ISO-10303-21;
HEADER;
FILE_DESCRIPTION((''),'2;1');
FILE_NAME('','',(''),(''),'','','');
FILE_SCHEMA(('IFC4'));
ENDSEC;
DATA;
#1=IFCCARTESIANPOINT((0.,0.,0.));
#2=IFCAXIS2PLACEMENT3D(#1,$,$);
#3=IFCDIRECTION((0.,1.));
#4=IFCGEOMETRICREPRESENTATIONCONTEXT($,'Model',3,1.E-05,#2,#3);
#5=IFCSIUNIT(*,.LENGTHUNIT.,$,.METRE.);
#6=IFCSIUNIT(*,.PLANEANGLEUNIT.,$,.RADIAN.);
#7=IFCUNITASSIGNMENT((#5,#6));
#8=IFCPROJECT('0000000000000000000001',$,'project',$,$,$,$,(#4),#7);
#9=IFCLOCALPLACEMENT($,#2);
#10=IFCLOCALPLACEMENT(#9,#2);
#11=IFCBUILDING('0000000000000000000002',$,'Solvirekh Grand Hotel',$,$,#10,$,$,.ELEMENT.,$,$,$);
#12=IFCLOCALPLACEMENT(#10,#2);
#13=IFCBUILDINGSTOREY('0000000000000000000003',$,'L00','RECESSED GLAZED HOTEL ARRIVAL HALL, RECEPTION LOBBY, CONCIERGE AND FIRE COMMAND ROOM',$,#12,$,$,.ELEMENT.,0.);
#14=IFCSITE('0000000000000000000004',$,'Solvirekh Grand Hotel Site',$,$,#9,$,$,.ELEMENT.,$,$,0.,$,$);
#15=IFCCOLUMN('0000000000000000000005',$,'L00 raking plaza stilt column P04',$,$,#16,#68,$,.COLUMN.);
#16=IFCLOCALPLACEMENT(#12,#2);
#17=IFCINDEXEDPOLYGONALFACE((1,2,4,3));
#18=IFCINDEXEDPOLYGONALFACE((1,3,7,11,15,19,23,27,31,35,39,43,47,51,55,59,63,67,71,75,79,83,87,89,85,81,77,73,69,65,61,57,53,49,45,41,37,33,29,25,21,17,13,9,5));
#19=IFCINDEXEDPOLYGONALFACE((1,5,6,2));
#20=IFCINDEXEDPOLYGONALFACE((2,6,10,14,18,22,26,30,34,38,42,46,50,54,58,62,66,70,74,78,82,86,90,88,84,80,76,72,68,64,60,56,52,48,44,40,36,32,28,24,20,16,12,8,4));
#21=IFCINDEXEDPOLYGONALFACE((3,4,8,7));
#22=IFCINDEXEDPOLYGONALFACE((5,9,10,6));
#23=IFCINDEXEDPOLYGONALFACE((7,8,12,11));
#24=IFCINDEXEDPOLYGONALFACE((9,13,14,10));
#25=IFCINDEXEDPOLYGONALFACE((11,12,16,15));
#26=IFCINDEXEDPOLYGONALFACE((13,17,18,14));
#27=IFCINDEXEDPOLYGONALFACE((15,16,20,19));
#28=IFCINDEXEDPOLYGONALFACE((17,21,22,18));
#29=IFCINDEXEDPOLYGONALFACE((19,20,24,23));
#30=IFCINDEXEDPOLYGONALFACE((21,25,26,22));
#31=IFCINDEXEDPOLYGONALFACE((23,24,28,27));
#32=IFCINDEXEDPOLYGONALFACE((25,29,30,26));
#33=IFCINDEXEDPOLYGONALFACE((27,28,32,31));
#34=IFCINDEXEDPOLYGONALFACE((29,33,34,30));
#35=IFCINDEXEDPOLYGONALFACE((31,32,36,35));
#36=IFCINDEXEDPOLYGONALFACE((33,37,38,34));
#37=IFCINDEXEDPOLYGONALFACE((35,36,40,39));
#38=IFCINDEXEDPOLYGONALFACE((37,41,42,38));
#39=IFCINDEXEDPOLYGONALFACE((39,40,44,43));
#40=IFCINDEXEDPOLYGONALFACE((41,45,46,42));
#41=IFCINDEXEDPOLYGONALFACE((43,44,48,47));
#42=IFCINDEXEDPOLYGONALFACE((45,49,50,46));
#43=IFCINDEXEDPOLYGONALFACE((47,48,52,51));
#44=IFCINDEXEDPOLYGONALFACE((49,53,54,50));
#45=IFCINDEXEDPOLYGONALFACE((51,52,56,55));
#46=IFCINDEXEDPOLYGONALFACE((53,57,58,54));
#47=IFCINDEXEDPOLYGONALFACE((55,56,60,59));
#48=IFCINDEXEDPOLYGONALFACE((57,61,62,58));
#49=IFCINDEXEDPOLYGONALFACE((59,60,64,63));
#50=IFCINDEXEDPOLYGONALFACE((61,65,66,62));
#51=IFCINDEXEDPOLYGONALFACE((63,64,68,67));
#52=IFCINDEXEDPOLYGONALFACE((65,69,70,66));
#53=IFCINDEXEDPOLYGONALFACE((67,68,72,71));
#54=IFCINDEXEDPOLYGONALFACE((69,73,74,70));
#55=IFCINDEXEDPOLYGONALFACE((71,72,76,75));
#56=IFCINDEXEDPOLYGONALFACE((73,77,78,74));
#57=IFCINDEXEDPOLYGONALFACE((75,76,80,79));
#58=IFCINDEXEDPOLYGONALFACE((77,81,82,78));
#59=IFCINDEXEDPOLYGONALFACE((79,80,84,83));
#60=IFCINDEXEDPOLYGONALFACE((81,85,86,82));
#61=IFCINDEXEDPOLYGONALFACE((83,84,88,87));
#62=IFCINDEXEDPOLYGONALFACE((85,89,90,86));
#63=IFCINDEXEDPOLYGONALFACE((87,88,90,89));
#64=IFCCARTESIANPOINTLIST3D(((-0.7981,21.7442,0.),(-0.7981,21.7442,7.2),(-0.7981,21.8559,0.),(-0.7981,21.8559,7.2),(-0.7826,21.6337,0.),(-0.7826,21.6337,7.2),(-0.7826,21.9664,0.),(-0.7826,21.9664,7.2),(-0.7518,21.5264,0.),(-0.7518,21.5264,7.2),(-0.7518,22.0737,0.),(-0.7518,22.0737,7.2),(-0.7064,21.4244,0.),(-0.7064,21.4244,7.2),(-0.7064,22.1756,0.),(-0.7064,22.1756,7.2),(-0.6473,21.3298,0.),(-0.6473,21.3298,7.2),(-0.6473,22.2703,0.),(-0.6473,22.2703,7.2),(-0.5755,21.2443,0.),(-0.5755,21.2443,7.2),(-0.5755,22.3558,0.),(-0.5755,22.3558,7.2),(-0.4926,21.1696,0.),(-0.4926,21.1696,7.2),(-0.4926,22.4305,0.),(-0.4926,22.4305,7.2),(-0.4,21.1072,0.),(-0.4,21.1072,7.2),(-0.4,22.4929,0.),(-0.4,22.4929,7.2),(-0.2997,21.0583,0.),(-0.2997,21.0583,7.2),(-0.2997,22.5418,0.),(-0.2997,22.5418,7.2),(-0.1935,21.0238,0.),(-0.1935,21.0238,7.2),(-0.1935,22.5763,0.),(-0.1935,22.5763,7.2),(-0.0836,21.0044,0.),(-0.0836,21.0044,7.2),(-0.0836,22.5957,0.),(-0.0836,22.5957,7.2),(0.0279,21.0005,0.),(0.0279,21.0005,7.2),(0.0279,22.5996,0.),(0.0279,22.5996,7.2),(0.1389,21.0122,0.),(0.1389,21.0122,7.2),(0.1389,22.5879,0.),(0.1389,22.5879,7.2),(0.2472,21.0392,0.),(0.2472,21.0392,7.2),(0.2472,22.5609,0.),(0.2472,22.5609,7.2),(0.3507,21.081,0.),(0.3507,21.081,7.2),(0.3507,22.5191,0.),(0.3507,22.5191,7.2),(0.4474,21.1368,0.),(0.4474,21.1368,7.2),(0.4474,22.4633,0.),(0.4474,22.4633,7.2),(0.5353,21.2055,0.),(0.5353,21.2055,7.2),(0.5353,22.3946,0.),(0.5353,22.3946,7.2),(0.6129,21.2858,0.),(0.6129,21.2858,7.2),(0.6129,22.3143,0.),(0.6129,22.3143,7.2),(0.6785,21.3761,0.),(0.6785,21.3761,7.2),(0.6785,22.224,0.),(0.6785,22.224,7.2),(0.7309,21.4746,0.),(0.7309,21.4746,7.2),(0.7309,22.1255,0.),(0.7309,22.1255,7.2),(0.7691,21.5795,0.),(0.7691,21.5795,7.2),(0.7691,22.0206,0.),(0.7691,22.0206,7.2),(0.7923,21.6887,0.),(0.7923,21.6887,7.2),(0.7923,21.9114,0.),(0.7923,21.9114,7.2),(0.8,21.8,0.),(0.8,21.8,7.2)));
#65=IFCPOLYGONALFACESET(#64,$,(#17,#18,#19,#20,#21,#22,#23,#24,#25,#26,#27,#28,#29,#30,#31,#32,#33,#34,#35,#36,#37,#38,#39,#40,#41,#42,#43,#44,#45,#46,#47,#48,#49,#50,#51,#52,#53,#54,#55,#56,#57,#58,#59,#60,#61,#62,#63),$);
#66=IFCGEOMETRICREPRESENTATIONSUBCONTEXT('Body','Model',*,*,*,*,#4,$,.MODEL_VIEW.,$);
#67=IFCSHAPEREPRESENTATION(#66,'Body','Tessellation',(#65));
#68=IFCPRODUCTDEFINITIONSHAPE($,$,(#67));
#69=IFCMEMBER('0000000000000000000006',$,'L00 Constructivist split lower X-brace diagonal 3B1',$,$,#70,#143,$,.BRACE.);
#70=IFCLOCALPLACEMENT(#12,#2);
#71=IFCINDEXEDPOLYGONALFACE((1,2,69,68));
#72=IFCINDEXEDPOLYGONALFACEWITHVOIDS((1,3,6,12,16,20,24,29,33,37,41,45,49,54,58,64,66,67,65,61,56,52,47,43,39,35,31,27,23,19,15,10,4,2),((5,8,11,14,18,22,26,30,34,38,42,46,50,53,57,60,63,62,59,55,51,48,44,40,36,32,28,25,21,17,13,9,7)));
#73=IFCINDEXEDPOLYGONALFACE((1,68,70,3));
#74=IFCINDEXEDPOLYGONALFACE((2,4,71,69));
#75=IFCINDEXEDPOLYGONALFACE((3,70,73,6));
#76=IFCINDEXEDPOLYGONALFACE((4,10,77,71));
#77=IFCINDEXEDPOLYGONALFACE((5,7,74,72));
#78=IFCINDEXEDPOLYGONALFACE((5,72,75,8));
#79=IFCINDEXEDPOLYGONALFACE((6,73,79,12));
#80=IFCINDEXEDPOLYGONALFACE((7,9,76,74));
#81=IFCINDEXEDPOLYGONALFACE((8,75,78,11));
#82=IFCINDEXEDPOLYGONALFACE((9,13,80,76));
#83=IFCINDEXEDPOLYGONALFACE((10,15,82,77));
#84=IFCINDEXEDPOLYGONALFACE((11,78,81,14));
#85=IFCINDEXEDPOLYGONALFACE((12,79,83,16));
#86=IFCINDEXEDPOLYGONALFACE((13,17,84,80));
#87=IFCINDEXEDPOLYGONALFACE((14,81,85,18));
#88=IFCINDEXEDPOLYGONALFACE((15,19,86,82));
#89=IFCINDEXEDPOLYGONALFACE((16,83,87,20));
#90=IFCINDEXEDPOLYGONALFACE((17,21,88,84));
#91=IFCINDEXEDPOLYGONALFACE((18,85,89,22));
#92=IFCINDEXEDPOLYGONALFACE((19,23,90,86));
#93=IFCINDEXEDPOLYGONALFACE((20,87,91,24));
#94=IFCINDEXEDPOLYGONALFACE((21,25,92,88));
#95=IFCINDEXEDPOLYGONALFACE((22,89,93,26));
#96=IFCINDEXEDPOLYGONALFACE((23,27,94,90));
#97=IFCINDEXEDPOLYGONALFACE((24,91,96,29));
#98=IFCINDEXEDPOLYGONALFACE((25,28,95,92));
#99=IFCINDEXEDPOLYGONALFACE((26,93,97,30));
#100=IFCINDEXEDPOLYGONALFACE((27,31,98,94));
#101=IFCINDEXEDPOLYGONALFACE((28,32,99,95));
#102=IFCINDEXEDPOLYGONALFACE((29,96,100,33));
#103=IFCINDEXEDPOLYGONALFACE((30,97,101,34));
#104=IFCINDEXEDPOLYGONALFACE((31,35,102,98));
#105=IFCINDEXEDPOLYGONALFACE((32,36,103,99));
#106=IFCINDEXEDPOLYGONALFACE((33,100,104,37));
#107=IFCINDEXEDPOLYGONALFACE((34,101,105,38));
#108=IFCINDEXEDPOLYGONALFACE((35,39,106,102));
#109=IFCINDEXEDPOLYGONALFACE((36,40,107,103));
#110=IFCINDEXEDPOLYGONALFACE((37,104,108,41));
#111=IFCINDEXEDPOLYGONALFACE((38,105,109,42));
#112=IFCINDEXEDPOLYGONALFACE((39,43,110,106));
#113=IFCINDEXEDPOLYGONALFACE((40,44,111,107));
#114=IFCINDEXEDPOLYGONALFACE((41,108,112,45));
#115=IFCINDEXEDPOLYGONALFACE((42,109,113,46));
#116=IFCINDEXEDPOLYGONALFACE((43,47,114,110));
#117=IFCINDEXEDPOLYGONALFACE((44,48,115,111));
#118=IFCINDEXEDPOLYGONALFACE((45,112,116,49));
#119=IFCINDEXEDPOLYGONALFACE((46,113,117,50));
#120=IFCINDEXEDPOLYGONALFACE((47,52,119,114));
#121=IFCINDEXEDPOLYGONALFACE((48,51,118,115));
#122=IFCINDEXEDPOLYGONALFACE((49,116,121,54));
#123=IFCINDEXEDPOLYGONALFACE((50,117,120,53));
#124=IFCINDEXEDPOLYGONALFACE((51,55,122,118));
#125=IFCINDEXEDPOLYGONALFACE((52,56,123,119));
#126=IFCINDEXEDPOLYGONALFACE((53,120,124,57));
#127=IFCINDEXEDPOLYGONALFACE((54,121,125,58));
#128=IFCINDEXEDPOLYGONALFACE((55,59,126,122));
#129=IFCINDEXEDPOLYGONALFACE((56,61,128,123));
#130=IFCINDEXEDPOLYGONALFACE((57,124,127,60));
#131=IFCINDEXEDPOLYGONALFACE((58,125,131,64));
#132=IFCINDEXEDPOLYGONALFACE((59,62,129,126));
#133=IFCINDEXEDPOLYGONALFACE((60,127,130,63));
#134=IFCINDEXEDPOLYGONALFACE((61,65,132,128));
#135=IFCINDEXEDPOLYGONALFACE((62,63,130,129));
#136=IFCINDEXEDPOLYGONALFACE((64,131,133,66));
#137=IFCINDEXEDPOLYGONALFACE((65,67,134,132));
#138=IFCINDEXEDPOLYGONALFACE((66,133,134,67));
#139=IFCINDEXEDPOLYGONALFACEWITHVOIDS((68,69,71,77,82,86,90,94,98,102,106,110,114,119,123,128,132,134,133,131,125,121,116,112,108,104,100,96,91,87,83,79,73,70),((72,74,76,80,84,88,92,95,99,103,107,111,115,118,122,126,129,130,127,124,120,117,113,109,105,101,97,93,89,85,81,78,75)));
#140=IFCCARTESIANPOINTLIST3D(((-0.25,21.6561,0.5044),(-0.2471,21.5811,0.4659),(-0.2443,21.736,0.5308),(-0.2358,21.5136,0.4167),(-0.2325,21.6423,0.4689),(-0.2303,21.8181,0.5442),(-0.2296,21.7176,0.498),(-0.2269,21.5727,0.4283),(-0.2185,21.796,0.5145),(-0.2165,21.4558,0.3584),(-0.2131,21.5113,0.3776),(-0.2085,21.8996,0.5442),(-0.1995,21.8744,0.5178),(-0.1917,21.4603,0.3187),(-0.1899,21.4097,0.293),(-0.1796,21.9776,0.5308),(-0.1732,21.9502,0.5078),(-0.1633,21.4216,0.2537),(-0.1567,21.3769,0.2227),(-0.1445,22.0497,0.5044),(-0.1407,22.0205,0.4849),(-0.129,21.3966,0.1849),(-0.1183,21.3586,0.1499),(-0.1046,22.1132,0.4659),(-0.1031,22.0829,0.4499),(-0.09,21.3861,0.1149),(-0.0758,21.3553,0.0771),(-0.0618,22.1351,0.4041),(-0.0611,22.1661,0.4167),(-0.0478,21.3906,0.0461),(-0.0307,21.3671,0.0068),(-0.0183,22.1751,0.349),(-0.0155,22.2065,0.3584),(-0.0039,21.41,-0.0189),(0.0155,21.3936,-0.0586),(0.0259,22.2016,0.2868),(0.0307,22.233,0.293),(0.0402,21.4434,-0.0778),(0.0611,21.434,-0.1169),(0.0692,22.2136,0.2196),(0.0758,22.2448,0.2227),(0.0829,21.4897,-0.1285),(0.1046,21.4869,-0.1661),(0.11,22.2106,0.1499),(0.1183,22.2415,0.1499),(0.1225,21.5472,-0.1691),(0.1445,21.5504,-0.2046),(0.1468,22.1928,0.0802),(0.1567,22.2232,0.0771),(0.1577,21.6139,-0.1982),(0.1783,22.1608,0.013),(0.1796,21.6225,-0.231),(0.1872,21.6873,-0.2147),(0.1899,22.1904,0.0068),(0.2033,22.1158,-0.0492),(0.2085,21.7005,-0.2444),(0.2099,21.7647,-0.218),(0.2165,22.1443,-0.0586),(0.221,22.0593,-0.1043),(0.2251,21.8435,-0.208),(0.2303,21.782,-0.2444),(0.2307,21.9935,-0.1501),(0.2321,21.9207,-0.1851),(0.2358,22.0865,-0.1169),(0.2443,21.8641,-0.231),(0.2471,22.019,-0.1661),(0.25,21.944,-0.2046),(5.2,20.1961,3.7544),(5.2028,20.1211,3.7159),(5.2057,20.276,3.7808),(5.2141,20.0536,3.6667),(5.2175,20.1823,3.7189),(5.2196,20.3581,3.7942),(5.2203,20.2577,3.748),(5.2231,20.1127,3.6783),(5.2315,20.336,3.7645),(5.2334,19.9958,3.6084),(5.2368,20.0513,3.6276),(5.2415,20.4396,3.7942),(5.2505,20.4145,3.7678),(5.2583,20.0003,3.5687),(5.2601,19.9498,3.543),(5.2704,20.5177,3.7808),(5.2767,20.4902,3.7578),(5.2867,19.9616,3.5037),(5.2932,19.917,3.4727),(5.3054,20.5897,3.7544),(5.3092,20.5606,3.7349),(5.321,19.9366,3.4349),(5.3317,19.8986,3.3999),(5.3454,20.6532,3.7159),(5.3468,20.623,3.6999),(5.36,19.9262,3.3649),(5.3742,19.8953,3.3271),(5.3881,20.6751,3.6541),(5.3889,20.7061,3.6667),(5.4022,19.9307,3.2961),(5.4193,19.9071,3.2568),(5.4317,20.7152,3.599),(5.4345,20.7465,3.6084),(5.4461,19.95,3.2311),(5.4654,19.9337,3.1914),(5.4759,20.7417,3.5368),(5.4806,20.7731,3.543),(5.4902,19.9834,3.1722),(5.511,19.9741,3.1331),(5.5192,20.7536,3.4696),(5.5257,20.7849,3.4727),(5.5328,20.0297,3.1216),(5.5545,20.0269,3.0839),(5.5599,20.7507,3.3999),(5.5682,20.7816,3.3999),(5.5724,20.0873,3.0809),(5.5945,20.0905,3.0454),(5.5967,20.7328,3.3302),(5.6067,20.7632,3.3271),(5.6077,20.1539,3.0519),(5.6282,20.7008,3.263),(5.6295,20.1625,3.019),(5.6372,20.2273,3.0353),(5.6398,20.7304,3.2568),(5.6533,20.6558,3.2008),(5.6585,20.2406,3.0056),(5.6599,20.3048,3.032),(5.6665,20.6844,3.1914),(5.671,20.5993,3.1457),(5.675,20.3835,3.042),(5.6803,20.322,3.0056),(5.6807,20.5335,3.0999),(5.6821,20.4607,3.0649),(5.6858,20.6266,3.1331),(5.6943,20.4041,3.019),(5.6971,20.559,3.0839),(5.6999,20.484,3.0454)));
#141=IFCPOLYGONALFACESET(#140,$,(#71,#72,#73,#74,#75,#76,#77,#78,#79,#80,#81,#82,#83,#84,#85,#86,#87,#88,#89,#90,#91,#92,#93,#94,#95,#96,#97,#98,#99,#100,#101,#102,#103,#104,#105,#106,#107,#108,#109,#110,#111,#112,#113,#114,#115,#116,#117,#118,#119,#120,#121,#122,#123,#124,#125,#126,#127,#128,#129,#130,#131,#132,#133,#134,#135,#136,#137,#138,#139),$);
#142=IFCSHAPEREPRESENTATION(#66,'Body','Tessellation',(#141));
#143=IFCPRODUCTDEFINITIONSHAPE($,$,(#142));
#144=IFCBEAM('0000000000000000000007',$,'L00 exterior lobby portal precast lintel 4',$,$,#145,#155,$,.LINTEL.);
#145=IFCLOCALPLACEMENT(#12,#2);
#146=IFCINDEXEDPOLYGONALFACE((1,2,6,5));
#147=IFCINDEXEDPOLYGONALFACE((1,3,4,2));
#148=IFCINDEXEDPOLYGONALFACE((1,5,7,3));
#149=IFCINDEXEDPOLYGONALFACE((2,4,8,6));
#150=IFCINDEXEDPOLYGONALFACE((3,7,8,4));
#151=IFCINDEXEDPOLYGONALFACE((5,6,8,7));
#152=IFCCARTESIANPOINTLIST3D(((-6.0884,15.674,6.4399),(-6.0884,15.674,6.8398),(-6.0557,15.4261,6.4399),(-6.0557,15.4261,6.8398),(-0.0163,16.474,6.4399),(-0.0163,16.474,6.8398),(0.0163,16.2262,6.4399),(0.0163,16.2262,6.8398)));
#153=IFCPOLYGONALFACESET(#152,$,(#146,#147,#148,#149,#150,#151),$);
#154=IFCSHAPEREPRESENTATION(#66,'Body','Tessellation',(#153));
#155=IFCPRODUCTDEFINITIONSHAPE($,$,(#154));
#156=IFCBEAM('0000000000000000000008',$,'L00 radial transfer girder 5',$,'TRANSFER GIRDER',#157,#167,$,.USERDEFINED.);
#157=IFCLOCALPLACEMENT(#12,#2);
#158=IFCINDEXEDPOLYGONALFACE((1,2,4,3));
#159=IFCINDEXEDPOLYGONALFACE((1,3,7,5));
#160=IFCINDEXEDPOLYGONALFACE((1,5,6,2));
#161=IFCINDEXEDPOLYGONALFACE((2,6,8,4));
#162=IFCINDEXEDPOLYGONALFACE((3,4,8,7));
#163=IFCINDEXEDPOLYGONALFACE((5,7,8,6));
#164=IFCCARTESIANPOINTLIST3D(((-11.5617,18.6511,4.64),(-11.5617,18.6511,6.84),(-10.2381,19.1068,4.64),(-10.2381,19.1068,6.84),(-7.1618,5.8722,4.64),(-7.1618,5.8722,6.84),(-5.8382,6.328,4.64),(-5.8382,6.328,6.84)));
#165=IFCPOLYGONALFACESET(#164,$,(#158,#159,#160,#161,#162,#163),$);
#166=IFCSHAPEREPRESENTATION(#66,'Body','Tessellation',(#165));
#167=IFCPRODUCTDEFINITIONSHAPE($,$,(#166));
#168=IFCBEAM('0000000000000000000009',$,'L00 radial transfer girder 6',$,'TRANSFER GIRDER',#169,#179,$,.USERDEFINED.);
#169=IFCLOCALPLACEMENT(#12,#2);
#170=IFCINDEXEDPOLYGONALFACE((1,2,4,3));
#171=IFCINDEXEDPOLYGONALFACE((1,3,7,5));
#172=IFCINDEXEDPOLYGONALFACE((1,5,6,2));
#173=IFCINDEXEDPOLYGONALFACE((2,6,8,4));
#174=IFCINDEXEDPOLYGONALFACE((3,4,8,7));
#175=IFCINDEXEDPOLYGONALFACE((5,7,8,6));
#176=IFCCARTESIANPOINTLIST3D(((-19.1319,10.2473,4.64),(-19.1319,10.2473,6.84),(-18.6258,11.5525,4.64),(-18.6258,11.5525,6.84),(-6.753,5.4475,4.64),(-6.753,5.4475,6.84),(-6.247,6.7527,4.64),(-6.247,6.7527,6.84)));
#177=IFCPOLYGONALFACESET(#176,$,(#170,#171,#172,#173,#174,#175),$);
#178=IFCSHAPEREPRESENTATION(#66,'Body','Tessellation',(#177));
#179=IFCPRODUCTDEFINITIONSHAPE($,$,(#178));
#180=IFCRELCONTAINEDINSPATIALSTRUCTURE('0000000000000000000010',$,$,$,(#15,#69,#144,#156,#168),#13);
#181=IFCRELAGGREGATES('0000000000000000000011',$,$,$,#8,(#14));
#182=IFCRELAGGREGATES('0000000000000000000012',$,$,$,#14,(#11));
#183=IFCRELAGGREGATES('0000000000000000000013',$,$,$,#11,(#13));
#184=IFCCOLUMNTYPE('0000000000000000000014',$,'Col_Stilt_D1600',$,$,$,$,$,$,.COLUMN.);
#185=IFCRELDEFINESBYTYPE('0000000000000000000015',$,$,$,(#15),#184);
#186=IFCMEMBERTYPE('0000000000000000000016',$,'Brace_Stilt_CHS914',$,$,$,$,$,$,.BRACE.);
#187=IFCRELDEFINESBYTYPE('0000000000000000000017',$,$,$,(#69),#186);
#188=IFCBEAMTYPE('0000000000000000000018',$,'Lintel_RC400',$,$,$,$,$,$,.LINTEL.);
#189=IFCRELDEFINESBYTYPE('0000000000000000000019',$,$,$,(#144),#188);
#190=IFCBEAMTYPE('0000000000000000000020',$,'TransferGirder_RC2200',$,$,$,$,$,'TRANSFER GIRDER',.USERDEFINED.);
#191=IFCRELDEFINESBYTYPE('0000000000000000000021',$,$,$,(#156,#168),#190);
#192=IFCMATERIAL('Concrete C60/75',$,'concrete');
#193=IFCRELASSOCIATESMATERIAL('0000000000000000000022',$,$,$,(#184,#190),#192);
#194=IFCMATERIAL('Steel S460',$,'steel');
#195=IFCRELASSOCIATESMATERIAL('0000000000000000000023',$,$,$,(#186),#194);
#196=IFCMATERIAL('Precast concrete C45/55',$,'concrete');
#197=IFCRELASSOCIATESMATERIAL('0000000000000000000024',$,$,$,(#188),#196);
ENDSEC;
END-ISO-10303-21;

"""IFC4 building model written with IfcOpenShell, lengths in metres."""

from ifc_helpers import new_model, si_unit, direction, frame, origin, origin_2d, place, context, subcontext, project, spatial, rectangle, circle, hollow_circle, extrude, material, material_profile, profile_set, type_object, element, save


model = new_model("IFC4")

# Units and contexts
model_context = context("Model", 3, precision=1e-05, world=origin(), true_north=direction((0.0, 1.0)))
body_context = subcontext(model_context, "Body", "Model", "MODEL_VIEW")
ifc_project = project(units=[si_unit("LENGTHUNIT", "METRE"), si_unit("PLANEANGLEUNIT", "RADIAN")], contexts=[model_context])

# Site, building, storey
site_placement = place(None, origin())
site = spatial("IfcSite", under=ifc_project, at=site_placement, Name="Solvirekh Grand Hotel Site", CompositionType="ELEMENT", RefElevation=0.0)
building_placement = place(site_placement, origin())
building = spatial("IfcBuilding", under=site, at=building_placement, Name="Solvirekh Grand Hotel", CompositionType="ELEMENT")
storey_placement = place(building_placement, origin())
storey = spatial("IfcBuildingStorey", under=building, at=storey_placement, Name="L00", Description="RECESSED GLAZED HOTEL ARRIVAL HALL, RECEPTION LOBBY, CONCIERGE AND FIRE COMMAND ROOM", CompositionType="ELEMENT", Elevation=0.0)

# Column
ifc_material_1 = material(Name="Concrete C60/75", Category="concrete")
ifc_material_profile_1 = material_profile(ifc_material_1, circle(Radius=0.8, at=origin_2d()), Name="RC CIRC D1600")
ifc_profile_set_1 = profile_set([ifc_material_profile_1], Name="Concrete C60/75")
column_type = type_object("IfcColumnType", Name="Col_Stilt_D1600", PredefinedType="COLUMN", material=ifc_profile_set_1)
column_placement = place(storey_placement, frame((0.0, 21.8, 0.0), z_axis=(0.0, 0.0, 1.0), x_axis=(1.0, 0.0, 0.0)))
element("IfcColumn", 1, at=column_placement, inside=storey, type_object=column_type, Name="L00 raking plaza stilt column P04", PredefinedType="COLUMN", context=body_context, shape_type="SweptSolid", body=[
    extrude(circle(Radius=0.8, at=origin_2d()), origin(), (0.0, 0.0, 1.0), 7.2),
])

# Member
ifc_material_2 = material(Name="Steel S460", Category="steel")
ifc_material_profile_2 = material_profile(ifc_material_2, hollow_circle(Radius=0.457, WallThickness=0.032, at=origin_2d()), Name="CHS 914X32")
ifc_profile_set_2 = profile_set([ifc_material_profile_2], Name="Steel S460")
member_type = type_object("IfcMemberType", Name="Brace_Stilt_CHS914", PredefinedType="BRACE", material=ifc_profile_set_2)
member_placement = place(storey_placement, frame((0.0, 21.8, 0.1499), z_axis=(0.83701, -0.224222, 0.499139), x_axis=(0.258761, 0.965941, 0.0)))
element("IfcMember", 2, at=member_placement, inside=storey, type_object=member_type, Name="L00 Constructivist split lower X-brace diagonal 3B1", PredefinedType="BRACE", context=body_context, shape_type="SweptSolid", body=[
    extrude(hollow_circle(Radius=0.457, WallThickness=0.032, at=origin_2d()), origin(), (0.0, 0.0, 1.0), 6.5112),
])

# Beams
ifc_material_3 = material(Name="Precast concrete C45/55", Category="concrete")
ifc_material_profile_3 = material_profile(ifc_material_3, rectangle(XDim=0.25, YDim=0.3999, at=origin_2d()), Name="RC LINTEL 250X400")
ifc_profile_set_3 = profile_set([ifc_material_profile_3], Name="Precast concrete C45/55")
beam_type_1 = type_object("IfcBeamType", Name="Lintel_RC400", PredefinedType="LINTEL", material=ifc_profile_set_3)
beam_1_placement = place(storey_placement, frame((-6.072, 15.55, 6.6399), z_axis=(0.991431, 0.130631, 0.0), x_axis=(-0.130631, 0.991431, 0.0)))
element("IfcBeam", 3, at=beam_1_placement, inside=storey, type_object=beam_type_1, Name="L00 exterior lobby portal precast lintel 4", PredefinedType="LINTEL", context=body_context, shape_type="SweptSolid", body=[
    extrude(rectangle(XDim=0.25, YDim=0.3999, at=origin_2d()), origin(), (0.0, 0.0, 1.0), 6.1245),
])
ifc_material_profile_4 = material_profile(ifc_material_1, rectangle(XDim=1.3999, YDim=2.2, at=origin_2d()), Name="RC GIRDER 1400X2200")
ifc_profile_set_4 = profile_set([ifc_material_profile_4], Name="Concrete C60/75")
beam_type_2 = type_object("IfcBeamType", Name="TransferGirder_RC2200", ElementType="TRANSFER GIRDER", PredefinedType="USERDEFINED", material=ifc_profile_set_4)
beam_2_placement = place(storey_placement, frame((-6.5, 6.1001, 5.74), z_axis=(-0.325555, 0.945523, 0.0), x_axis=(-0.945523, -0.325555, 0.0)))
element("IfcBeam", 4, at=beam_2_placement, inside=storey, type_object=beam_type_2, Name="L00 radial transfer girder 5", ObjectType="TRANSFER GIRDER", PredefinedType="USERDEFINED", context=body_context, shape_type="SweptSolid", body=[
    extrude(rectangle(XDim=1.3999, YDim=2.2, at=origin_2d()), origin(), (0.0, 0.0, 1.0), 13.5151),
])
beam_3_placement = place(storey_placement, frame((-6.5, 6.1001, 5.74), z_axis=(-0.932366, 0.361516, 0.0), x_axis=(-0.361516, -0.932366, 0.0)))
element("IfcBeam", 5, at=beam_3_placement, inside=storey, type_object=beam_type_2, Name="L00 radial transfer girder 6", ObjectType="TRANSFER GIRDER", PredefinedType="USERDEFINED", context=body_context, shape_type="SweptSolid", body=[
    extrude(rectangle(XDim=1.3999, YDim=2.2, at=origin_2d()), origin(), (0.0, 0.0, 1.0), 13.2769),
])

save(model, "model.ifc")
